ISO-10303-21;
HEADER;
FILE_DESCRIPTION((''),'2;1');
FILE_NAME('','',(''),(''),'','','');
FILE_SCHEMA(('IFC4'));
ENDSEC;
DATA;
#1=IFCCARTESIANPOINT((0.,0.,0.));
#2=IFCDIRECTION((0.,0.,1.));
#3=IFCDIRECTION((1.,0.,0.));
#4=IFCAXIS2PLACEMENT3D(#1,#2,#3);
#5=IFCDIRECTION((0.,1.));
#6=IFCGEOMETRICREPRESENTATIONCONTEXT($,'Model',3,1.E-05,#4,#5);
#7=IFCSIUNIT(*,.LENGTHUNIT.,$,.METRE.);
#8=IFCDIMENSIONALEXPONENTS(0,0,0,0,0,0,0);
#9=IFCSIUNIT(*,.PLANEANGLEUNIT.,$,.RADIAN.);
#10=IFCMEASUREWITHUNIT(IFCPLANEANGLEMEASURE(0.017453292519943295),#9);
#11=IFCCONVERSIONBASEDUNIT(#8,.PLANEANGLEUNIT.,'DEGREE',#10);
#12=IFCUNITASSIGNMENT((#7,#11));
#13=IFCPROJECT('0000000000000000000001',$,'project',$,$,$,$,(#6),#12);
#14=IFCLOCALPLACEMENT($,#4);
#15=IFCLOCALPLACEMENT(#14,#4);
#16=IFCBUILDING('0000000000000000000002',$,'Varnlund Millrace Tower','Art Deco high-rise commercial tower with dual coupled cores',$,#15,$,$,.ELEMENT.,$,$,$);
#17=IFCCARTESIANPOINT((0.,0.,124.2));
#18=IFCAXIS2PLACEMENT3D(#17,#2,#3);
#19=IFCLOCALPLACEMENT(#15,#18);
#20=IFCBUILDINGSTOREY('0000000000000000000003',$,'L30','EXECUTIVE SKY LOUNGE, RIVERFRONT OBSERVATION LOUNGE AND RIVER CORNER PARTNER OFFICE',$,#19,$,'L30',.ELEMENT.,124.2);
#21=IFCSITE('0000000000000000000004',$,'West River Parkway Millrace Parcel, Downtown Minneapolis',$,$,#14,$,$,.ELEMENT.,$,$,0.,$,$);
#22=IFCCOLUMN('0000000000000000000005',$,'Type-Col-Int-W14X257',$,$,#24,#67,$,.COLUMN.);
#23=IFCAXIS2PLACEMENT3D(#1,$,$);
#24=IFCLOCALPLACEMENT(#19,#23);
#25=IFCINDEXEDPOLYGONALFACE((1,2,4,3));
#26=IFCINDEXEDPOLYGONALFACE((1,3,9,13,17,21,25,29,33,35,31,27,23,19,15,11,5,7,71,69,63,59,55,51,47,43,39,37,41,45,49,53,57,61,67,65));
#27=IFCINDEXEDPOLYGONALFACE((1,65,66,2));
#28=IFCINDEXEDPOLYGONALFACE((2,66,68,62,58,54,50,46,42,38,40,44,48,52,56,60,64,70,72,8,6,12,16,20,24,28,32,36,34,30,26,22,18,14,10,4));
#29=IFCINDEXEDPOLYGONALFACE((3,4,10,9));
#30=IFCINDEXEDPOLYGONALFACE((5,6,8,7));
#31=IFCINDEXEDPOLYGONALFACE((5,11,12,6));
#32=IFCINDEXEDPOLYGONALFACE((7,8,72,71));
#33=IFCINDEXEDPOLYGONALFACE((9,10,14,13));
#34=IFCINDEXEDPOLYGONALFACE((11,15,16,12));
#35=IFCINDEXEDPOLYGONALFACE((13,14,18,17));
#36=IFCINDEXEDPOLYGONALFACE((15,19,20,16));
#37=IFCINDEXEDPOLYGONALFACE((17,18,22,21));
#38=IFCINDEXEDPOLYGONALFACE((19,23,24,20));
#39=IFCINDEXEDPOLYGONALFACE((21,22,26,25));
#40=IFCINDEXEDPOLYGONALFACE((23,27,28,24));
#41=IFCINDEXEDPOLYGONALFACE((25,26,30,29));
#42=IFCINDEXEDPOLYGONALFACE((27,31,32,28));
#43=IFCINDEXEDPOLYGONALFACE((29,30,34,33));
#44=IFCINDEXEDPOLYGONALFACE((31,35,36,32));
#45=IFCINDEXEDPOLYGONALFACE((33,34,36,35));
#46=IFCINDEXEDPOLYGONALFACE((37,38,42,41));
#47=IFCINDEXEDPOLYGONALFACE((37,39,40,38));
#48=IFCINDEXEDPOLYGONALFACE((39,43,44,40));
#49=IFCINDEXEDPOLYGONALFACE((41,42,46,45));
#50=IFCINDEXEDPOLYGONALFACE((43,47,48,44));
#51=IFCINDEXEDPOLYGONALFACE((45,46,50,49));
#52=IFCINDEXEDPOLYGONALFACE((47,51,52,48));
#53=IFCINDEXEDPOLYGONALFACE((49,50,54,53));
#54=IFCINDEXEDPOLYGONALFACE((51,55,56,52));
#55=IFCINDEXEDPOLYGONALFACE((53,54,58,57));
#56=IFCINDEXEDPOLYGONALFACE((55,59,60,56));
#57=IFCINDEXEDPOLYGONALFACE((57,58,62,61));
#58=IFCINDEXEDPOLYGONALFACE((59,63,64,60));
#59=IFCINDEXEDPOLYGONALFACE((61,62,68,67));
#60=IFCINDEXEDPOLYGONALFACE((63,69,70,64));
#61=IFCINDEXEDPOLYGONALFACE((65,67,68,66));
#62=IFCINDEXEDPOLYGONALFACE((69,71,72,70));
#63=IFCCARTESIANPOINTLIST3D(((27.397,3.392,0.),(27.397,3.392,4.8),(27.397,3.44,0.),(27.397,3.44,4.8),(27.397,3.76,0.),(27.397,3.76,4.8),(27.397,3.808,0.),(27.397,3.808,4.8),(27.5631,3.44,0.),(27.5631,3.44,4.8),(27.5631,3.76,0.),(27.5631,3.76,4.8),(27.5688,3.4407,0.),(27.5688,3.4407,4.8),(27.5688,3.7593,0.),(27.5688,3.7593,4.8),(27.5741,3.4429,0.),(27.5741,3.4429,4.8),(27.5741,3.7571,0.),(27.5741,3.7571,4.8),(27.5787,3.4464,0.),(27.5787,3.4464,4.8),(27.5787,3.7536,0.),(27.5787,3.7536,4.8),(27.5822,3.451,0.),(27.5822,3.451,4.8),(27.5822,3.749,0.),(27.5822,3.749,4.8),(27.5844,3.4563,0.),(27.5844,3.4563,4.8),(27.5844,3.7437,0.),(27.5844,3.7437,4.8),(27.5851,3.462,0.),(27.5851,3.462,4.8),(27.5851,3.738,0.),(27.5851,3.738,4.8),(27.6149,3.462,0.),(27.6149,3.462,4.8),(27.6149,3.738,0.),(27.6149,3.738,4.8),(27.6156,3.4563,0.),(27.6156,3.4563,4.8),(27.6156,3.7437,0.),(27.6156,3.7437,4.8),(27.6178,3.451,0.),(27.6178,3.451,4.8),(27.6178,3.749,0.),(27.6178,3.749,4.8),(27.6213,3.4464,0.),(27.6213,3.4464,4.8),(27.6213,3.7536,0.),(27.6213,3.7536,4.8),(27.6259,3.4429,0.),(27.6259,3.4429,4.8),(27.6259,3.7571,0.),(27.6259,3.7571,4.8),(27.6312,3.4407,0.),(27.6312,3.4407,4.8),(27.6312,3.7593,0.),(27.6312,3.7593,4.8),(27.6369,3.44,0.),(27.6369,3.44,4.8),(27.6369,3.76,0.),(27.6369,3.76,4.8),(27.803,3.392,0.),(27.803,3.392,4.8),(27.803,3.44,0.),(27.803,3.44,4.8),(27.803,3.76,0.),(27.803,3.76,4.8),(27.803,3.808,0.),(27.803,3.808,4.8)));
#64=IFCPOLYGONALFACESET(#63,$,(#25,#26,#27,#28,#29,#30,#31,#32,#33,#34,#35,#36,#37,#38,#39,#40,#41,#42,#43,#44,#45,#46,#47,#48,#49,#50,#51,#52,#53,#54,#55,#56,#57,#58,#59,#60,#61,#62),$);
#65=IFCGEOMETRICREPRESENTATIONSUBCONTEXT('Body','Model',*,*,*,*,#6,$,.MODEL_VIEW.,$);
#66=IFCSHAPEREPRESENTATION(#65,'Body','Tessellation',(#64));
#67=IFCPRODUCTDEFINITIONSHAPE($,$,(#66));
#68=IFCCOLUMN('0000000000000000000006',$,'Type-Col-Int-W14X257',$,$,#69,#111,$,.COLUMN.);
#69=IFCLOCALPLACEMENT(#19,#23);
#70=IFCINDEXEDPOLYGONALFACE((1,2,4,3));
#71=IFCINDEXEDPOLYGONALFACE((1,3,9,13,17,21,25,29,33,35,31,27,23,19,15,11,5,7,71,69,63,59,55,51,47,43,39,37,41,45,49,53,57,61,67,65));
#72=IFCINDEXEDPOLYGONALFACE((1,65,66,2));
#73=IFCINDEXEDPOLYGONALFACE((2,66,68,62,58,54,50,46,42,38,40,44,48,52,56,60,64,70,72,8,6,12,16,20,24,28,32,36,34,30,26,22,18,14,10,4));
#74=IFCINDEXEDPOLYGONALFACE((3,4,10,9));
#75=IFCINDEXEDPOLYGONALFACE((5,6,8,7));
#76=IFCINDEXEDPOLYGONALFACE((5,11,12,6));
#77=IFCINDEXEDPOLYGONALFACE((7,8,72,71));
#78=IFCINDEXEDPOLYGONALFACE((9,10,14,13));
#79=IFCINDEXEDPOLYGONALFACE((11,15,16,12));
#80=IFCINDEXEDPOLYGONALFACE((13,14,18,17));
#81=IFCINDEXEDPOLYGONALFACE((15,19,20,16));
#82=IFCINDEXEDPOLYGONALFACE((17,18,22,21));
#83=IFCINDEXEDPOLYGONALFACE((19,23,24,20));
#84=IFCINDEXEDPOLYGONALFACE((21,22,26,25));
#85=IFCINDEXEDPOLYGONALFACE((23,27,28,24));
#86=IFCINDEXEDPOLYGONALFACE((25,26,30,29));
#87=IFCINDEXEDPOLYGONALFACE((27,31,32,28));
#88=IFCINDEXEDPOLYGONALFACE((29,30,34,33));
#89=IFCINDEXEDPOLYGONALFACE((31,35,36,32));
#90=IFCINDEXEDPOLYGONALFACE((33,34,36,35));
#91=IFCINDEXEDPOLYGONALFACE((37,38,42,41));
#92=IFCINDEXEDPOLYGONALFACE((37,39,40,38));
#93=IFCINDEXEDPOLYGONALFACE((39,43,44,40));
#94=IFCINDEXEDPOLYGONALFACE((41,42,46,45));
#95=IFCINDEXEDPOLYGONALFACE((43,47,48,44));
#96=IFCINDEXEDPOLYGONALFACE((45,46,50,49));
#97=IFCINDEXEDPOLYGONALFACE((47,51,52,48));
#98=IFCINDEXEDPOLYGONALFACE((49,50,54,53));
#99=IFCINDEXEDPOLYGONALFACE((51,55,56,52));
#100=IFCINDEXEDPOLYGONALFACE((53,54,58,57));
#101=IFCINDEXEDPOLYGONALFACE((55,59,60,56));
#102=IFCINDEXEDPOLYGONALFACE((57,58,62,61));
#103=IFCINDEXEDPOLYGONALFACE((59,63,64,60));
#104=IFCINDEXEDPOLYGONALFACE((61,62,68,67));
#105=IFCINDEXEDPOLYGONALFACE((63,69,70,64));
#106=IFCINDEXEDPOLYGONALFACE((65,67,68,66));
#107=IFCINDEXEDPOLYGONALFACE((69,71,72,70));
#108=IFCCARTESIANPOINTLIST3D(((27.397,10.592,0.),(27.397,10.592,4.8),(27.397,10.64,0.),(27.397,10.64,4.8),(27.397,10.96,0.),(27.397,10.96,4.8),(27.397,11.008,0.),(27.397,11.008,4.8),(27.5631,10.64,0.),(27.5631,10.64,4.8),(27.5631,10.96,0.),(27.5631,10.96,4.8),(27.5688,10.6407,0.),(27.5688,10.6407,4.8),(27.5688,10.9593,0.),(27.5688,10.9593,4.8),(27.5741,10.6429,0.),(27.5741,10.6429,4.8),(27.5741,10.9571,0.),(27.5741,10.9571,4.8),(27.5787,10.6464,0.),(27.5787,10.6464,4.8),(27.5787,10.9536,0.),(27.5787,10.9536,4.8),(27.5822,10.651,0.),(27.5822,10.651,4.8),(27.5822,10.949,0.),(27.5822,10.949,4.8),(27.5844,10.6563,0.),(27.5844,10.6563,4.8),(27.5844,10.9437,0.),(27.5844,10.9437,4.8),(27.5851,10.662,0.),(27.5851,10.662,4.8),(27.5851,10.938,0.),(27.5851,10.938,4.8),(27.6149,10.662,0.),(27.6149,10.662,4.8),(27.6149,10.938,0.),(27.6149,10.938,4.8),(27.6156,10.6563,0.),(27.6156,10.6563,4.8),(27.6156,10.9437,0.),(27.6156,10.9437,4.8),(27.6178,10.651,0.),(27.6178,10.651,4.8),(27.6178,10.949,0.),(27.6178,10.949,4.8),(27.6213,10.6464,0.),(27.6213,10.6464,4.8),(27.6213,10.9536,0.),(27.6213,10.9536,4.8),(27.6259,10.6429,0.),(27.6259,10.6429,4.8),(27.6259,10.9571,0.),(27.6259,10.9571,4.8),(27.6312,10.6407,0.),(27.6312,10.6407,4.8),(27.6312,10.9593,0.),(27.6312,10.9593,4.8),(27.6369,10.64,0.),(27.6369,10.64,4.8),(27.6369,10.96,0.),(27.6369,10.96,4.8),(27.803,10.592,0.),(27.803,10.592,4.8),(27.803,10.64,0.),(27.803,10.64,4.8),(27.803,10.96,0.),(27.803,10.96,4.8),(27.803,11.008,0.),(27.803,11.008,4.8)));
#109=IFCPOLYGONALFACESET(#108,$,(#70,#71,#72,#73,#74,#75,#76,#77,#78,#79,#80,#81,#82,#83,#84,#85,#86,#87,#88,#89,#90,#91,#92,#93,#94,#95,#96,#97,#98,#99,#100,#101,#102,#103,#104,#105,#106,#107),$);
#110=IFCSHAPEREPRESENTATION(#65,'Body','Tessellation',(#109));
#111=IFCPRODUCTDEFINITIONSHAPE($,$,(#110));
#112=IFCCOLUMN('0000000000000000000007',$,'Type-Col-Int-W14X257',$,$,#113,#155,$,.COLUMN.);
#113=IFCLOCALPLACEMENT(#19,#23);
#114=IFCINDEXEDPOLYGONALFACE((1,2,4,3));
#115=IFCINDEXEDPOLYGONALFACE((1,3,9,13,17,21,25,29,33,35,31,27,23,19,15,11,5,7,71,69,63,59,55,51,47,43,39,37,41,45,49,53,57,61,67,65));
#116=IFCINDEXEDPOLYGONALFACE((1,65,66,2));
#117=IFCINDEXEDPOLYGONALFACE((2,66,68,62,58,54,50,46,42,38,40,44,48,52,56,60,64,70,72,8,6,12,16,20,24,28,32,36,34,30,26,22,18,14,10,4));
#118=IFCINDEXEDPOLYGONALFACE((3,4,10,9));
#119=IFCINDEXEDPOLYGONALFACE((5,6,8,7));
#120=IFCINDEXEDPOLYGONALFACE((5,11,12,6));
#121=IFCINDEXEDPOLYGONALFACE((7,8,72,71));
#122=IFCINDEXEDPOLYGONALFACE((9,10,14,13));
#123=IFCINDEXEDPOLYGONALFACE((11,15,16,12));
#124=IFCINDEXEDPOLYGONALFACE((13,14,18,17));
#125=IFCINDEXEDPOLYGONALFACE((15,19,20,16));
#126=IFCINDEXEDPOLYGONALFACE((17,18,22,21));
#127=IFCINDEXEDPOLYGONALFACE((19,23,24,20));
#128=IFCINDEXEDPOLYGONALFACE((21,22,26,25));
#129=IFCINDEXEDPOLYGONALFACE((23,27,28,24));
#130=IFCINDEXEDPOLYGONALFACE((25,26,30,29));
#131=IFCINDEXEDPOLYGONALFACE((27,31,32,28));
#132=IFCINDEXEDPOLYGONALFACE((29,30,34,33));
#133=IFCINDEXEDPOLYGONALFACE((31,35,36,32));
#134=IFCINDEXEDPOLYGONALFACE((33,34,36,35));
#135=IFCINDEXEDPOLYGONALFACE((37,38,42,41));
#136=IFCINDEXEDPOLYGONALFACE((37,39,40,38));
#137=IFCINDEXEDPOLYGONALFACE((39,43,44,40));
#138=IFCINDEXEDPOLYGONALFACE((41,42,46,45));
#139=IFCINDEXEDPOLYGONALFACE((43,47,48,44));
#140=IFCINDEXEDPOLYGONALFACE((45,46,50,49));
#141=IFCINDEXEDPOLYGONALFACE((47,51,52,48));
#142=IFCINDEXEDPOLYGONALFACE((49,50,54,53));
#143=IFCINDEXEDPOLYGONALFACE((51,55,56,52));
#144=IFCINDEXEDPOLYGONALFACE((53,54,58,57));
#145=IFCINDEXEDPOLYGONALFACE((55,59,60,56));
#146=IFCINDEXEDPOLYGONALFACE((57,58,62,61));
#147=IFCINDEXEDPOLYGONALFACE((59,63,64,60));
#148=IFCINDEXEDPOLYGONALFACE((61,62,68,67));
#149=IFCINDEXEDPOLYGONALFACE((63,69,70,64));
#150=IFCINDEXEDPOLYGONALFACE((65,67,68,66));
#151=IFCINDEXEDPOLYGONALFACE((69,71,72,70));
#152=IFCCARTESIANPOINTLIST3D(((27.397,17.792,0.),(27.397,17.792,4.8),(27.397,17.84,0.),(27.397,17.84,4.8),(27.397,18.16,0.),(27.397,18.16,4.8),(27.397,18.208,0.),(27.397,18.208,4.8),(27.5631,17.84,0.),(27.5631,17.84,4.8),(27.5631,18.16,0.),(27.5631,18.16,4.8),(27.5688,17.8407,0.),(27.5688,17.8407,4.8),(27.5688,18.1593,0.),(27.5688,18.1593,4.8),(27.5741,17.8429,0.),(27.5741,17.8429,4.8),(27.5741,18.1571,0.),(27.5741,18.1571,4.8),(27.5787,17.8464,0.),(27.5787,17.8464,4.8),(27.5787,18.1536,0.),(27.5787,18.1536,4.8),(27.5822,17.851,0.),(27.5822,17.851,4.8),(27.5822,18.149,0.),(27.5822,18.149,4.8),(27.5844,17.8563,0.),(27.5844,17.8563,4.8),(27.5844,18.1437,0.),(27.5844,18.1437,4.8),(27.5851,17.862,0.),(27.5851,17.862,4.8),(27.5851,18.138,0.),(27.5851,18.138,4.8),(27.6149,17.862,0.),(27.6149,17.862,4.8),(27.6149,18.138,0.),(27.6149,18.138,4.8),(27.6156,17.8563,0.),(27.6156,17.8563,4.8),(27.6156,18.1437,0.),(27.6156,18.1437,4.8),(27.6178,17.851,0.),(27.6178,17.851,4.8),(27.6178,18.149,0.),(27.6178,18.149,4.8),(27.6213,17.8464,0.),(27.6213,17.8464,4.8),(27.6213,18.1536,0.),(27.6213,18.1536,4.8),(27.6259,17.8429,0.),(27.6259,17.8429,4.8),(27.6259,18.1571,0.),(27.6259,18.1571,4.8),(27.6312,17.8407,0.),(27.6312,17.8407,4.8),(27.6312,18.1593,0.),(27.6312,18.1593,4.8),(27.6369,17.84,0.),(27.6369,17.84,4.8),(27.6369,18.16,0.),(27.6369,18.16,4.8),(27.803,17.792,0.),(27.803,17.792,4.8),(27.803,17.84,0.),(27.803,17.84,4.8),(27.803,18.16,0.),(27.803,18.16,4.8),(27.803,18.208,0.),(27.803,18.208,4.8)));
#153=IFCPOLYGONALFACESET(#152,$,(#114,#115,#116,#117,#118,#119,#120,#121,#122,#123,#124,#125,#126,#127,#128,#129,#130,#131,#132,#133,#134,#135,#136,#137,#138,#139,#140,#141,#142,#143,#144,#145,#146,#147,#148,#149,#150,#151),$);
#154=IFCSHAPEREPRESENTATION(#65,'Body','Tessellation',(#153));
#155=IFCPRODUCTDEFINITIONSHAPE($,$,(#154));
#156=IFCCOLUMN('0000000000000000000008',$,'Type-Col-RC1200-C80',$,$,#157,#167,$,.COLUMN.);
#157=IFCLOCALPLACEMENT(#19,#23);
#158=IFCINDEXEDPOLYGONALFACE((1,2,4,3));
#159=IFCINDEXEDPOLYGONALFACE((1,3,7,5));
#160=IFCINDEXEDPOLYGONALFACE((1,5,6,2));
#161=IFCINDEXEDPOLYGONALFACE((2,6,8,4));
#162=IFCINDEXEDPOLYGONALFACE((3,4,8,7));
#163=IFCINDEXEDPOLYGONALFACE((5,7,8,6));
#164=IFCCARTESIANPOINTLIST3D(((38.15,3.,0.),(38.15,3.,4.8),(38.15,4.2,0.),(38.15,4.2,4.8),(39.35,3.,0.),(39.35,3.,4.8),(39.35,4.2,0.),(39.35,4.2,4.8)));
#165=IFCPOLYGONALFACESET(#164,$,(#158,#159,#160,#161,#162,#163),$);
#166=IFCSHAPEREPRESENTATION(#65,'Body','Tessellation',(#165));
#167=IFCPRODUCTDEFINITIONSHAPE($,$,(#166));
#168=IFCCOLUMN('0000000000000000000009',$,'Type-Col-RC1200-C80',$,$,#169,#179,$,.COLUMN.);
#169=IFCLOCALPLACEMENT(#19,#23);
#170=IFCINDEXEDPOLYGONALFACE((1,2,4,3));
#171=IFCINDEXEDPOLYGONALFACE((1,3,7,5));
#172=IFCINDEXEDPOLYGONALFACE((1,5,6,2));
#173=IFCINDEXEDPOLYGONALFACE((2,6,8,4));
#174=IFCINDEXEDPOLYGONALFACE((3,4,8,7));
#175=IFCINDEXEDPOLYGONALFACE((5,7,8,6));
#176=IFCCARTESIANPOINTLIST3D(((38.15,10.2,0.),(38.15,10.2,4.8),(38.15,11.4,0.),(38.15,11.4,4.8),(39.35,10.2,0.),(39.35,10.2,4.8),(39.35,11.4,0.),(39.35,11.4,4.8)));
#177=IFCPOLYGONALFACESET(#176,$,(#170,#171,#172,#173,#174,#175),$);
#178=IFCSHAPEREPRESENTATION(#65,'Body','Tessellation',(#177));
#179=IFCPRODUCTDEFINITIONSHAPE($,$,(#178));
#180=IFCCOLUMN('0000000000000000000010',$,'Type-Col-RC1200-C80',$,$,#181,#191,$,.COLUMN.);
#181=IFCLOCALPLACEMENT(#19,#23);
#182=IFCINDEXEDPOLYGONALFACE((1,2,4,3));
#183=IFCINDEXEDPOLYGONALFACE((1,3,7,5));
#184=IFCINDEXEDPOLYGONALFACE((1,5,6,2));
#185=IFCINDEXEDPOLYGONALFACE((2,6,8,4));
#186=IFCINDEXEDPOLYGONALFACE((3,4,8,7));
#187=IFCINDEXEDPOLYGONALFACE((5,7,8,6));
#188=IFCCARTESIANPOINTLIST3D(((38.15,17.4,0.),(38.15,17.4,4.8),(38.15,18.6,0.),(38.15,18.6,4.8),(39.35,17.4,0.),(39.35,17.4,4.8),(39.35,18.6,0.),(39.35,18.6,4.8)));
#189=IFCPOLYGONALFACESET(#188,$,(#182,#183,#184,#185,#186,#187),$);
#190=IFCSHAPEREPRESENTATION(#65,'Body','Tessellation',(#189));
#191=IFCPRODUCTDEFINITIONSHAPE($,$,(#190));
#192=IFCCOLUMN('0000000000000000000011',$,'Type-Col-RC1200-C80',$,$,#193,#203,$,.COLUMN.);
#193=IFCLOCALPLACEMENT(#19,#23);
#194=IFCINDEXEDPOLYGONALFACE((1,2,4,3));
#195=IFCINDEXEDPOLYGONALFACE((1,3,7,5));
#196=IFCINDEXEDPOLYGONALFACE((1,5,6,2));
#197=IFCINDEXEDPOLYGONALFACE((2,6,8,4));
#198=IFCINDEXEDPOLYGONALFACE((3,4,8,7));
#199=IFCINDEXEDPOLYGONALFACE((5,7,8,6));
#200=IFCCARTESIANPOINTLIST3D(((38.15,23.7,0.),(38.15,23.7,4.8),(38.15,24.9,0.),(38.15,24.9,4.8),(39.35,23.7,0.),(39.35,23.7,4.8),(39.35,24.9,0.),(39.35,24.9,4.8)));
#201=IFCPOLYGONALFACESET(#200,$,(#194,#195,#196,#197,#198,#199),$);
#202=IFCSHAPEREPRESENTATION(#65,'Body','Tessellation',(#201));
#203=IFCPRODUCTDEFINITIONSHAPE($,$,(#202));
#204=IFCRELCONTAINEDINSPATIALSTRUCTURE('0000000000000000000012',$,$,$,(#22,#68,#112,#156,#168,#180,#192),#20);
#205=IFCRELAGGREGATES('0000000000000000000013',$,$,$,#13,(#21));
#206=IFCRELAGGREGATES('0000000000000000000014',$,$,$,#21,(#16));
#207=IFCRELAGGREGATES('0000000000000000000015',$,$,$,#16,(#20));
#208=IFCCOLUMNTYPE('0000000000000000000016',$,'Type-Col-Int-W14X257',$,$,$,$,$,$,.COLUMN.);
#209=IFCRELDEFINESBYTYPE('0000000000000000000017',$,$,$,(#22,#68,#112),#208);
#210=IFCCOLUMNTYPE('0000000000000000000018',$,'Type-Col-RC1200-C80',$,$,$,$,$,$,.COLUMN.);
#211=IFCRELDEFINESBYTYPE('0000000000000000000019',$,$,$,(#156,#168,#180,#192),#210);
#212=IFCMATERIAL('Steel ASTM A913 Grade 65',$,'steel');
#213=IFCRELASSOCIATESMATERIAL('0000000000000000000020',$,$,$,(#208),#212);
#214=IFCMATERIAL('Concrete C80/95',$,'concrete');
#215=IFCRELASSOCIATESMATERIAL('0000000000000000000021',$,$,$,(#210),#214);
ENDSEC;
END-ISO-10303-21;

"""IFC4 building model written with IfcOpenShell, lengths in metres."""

from ifc_helpers import new_model, entity, si_unit, converted_unit, direction, frame, origin_with_axes, origin_2d_with_axis, place, context, subcontext, project, spatial, rectangle, i_section, extrude, material, material_profile, profile_set, type_object, element, save


model = new_model("IFC4")

# Units and contexts
model_context = context("Model", 3, precision=1e-05, world=origin_with_axes(), true_north=direction((0.0, 1.0)))
body_context = subcontext(model_context, "Body", "Model", "MODEL_VIEW")
ifc_project = project(units=[si_unit("LENGTHUNIT", "METRE"), converted_unit("PLANEANGLEUNIT", "DEGREE", entity("IfcPlaneAngleMeasure", 0.017453292519943295), si_unit("PLANEANGLEUNIT", "RADIAN"), dimensions=[0, 0, 0, 0, 0, 0, 0])], contexts=[model_context])

# Site, building, storey
site_placement = place(None, origin_with_axes())
site = spatial("IfcSite", under=ifc_project, at=site_placement, Name="West River Parkway Millrace Parcel, Downtown Minneapolis", CompositionType="ELEMENT", RefElevation=0.0)
building_placement = place(site_placement, origin_with_axes())
building = spatial("IfcBuilding", under=site, at=building_placement, Name="Varnlund Millrace Tower", Description="Art Deco high-rise commercial tower with dual coupled cores", CompositionType="ELEMENT")
storey_placement = place(building_placement, frame((0.0, 0.0, 124.2), z_axis=(0.0, 0.0, 1.0), x_axis=(1.0, 0.0, 0.0)))
storey = spatial("IfcBuildingStorey", under=building, at=storey_placement, Name="L30", Description="EXECUTIVE SKY LOUNGE, RIVERFRONT OBSERVATION LOUNGE AND RIVER CORNER PARTNER OFFICE", LongName="L30", CompositionType="ELEMENT", Elevation=124.2)

# Columns
ifc_material_1 = material(Name="Steel ASTM A913 Grade 65", Category="steel")
ifc_material_profile_1 = material_profile(ifc_material_1, i_section(OverallWidth=0.406, OverallDepth=0.416, WebThickness=0.0298, FlangeThickness=0.048, FilletRadius=0.022, at=origin_2d_with_axis()), Name="Steel ASTM A913 Grade 65")
ifc_profile_set_1 = profile_set([ifc_material_profile_1], Name="Steel ASTM A913 Grade 65")
column_type_1 = type_object("IfcColumnType", Name="Type-Col-Int-W14X257", PredefinedType="COLUMN", material=ifc_profile_set_1)
for number, where, z_axis, x_axis, name in (
    (1, (27.6, 3.6, 0.0), (0.0, 0.0, 1.0), (1.0, 0.0, 0.0), "Type-Col-Int-W14X257"),
    (2, (27.6, 10.8, 0.0), (0.0, 0.0, 1.0), (1.0, 0.0, 0.0), "Type-Col-Int-W14X257"),
    (3, (27.6, 18.0, 0.0), (0.0, 0.0, 1.0), (1.0, 0.0, 0.0), "Type-Col-Int-W14X257"),
):
    element("IfcColumn", number, at=place(storey_placement, frame(where, z_axis=z_axis, x_axis=x_axis)), inside=storey, type_object=column_type_1, Name=name, PredefinedType="COLUMN", context=body_context, shape_type="SweptSolid", body=[
        extrude(i_section(OverallWidth=0.406, OverallDepth=0.416, WebThickness=0.0298, FlangeThickness=0.048, FilletRadius=0.022, at=origin_2d_with_axis()), origin_with_axes(), (0.0, 0.0, 1.0), 4.8),
    ])
ifc_material_2 = material(Name="Concrete C80/95", Category="concrete")
ifc_material_profile_2 = material_profile(ifc_material_2, rectangle(XDim=1.2, YDim=1.2, at=origin_2d_with_axis()), Name="Concrete C80/95")
ifc_profile_set_2 = profile_set([ifc_material_profile_2], Name="Concrete C80/95")
column_type_2 = type_object("IfcColumnType", Name="Type-Col-RC1200-C80", PredefinedType="COLUMN", material=ifc_profile_set_2)
for number, where, z_axis, x_axis, name in (
    (4, (38.75, 3.6, 0.0), (0.0, 0.0, 1.0), (1.0, 0.0, 0.0), "Type-Col-RC1200-C80"),
    (5, (38.75, 10.8, 0.0), (0.0, 0.0, 1.0), (1.0, 0.0, 0.0), "Type-Col-RC1200-C80"),
    (6, (38.75, 18.0, 0.0), (0.0, 0.0, 1.0), (1.0, 0.0, 0.0), "Type-Col-RC1200-C80"),
    (7, (38.75, 24.3, 0.0), (0.0, 0.0, 1.0), (1.0, 0.0, 0.0), "Type-Col-RC1200-C80"),
):
    element("IfcColumn", number, at=place(storey_placement, frame(where, z_axis=z_axis, x_axis=x_axis)), inside=storey, type_object=column_type_2, Name=name, PredefinedType="COLUMN", context=body_context, shape_type="SweptSolid", body=[
        extrude(rectangle(XDim=1.2, YDim=1.2, at=origin_2d_with_axis()), origin_with_axes(), (0.0, 0.0, 1.0), 4.8),
    ])

save(model, "model.ifc")
